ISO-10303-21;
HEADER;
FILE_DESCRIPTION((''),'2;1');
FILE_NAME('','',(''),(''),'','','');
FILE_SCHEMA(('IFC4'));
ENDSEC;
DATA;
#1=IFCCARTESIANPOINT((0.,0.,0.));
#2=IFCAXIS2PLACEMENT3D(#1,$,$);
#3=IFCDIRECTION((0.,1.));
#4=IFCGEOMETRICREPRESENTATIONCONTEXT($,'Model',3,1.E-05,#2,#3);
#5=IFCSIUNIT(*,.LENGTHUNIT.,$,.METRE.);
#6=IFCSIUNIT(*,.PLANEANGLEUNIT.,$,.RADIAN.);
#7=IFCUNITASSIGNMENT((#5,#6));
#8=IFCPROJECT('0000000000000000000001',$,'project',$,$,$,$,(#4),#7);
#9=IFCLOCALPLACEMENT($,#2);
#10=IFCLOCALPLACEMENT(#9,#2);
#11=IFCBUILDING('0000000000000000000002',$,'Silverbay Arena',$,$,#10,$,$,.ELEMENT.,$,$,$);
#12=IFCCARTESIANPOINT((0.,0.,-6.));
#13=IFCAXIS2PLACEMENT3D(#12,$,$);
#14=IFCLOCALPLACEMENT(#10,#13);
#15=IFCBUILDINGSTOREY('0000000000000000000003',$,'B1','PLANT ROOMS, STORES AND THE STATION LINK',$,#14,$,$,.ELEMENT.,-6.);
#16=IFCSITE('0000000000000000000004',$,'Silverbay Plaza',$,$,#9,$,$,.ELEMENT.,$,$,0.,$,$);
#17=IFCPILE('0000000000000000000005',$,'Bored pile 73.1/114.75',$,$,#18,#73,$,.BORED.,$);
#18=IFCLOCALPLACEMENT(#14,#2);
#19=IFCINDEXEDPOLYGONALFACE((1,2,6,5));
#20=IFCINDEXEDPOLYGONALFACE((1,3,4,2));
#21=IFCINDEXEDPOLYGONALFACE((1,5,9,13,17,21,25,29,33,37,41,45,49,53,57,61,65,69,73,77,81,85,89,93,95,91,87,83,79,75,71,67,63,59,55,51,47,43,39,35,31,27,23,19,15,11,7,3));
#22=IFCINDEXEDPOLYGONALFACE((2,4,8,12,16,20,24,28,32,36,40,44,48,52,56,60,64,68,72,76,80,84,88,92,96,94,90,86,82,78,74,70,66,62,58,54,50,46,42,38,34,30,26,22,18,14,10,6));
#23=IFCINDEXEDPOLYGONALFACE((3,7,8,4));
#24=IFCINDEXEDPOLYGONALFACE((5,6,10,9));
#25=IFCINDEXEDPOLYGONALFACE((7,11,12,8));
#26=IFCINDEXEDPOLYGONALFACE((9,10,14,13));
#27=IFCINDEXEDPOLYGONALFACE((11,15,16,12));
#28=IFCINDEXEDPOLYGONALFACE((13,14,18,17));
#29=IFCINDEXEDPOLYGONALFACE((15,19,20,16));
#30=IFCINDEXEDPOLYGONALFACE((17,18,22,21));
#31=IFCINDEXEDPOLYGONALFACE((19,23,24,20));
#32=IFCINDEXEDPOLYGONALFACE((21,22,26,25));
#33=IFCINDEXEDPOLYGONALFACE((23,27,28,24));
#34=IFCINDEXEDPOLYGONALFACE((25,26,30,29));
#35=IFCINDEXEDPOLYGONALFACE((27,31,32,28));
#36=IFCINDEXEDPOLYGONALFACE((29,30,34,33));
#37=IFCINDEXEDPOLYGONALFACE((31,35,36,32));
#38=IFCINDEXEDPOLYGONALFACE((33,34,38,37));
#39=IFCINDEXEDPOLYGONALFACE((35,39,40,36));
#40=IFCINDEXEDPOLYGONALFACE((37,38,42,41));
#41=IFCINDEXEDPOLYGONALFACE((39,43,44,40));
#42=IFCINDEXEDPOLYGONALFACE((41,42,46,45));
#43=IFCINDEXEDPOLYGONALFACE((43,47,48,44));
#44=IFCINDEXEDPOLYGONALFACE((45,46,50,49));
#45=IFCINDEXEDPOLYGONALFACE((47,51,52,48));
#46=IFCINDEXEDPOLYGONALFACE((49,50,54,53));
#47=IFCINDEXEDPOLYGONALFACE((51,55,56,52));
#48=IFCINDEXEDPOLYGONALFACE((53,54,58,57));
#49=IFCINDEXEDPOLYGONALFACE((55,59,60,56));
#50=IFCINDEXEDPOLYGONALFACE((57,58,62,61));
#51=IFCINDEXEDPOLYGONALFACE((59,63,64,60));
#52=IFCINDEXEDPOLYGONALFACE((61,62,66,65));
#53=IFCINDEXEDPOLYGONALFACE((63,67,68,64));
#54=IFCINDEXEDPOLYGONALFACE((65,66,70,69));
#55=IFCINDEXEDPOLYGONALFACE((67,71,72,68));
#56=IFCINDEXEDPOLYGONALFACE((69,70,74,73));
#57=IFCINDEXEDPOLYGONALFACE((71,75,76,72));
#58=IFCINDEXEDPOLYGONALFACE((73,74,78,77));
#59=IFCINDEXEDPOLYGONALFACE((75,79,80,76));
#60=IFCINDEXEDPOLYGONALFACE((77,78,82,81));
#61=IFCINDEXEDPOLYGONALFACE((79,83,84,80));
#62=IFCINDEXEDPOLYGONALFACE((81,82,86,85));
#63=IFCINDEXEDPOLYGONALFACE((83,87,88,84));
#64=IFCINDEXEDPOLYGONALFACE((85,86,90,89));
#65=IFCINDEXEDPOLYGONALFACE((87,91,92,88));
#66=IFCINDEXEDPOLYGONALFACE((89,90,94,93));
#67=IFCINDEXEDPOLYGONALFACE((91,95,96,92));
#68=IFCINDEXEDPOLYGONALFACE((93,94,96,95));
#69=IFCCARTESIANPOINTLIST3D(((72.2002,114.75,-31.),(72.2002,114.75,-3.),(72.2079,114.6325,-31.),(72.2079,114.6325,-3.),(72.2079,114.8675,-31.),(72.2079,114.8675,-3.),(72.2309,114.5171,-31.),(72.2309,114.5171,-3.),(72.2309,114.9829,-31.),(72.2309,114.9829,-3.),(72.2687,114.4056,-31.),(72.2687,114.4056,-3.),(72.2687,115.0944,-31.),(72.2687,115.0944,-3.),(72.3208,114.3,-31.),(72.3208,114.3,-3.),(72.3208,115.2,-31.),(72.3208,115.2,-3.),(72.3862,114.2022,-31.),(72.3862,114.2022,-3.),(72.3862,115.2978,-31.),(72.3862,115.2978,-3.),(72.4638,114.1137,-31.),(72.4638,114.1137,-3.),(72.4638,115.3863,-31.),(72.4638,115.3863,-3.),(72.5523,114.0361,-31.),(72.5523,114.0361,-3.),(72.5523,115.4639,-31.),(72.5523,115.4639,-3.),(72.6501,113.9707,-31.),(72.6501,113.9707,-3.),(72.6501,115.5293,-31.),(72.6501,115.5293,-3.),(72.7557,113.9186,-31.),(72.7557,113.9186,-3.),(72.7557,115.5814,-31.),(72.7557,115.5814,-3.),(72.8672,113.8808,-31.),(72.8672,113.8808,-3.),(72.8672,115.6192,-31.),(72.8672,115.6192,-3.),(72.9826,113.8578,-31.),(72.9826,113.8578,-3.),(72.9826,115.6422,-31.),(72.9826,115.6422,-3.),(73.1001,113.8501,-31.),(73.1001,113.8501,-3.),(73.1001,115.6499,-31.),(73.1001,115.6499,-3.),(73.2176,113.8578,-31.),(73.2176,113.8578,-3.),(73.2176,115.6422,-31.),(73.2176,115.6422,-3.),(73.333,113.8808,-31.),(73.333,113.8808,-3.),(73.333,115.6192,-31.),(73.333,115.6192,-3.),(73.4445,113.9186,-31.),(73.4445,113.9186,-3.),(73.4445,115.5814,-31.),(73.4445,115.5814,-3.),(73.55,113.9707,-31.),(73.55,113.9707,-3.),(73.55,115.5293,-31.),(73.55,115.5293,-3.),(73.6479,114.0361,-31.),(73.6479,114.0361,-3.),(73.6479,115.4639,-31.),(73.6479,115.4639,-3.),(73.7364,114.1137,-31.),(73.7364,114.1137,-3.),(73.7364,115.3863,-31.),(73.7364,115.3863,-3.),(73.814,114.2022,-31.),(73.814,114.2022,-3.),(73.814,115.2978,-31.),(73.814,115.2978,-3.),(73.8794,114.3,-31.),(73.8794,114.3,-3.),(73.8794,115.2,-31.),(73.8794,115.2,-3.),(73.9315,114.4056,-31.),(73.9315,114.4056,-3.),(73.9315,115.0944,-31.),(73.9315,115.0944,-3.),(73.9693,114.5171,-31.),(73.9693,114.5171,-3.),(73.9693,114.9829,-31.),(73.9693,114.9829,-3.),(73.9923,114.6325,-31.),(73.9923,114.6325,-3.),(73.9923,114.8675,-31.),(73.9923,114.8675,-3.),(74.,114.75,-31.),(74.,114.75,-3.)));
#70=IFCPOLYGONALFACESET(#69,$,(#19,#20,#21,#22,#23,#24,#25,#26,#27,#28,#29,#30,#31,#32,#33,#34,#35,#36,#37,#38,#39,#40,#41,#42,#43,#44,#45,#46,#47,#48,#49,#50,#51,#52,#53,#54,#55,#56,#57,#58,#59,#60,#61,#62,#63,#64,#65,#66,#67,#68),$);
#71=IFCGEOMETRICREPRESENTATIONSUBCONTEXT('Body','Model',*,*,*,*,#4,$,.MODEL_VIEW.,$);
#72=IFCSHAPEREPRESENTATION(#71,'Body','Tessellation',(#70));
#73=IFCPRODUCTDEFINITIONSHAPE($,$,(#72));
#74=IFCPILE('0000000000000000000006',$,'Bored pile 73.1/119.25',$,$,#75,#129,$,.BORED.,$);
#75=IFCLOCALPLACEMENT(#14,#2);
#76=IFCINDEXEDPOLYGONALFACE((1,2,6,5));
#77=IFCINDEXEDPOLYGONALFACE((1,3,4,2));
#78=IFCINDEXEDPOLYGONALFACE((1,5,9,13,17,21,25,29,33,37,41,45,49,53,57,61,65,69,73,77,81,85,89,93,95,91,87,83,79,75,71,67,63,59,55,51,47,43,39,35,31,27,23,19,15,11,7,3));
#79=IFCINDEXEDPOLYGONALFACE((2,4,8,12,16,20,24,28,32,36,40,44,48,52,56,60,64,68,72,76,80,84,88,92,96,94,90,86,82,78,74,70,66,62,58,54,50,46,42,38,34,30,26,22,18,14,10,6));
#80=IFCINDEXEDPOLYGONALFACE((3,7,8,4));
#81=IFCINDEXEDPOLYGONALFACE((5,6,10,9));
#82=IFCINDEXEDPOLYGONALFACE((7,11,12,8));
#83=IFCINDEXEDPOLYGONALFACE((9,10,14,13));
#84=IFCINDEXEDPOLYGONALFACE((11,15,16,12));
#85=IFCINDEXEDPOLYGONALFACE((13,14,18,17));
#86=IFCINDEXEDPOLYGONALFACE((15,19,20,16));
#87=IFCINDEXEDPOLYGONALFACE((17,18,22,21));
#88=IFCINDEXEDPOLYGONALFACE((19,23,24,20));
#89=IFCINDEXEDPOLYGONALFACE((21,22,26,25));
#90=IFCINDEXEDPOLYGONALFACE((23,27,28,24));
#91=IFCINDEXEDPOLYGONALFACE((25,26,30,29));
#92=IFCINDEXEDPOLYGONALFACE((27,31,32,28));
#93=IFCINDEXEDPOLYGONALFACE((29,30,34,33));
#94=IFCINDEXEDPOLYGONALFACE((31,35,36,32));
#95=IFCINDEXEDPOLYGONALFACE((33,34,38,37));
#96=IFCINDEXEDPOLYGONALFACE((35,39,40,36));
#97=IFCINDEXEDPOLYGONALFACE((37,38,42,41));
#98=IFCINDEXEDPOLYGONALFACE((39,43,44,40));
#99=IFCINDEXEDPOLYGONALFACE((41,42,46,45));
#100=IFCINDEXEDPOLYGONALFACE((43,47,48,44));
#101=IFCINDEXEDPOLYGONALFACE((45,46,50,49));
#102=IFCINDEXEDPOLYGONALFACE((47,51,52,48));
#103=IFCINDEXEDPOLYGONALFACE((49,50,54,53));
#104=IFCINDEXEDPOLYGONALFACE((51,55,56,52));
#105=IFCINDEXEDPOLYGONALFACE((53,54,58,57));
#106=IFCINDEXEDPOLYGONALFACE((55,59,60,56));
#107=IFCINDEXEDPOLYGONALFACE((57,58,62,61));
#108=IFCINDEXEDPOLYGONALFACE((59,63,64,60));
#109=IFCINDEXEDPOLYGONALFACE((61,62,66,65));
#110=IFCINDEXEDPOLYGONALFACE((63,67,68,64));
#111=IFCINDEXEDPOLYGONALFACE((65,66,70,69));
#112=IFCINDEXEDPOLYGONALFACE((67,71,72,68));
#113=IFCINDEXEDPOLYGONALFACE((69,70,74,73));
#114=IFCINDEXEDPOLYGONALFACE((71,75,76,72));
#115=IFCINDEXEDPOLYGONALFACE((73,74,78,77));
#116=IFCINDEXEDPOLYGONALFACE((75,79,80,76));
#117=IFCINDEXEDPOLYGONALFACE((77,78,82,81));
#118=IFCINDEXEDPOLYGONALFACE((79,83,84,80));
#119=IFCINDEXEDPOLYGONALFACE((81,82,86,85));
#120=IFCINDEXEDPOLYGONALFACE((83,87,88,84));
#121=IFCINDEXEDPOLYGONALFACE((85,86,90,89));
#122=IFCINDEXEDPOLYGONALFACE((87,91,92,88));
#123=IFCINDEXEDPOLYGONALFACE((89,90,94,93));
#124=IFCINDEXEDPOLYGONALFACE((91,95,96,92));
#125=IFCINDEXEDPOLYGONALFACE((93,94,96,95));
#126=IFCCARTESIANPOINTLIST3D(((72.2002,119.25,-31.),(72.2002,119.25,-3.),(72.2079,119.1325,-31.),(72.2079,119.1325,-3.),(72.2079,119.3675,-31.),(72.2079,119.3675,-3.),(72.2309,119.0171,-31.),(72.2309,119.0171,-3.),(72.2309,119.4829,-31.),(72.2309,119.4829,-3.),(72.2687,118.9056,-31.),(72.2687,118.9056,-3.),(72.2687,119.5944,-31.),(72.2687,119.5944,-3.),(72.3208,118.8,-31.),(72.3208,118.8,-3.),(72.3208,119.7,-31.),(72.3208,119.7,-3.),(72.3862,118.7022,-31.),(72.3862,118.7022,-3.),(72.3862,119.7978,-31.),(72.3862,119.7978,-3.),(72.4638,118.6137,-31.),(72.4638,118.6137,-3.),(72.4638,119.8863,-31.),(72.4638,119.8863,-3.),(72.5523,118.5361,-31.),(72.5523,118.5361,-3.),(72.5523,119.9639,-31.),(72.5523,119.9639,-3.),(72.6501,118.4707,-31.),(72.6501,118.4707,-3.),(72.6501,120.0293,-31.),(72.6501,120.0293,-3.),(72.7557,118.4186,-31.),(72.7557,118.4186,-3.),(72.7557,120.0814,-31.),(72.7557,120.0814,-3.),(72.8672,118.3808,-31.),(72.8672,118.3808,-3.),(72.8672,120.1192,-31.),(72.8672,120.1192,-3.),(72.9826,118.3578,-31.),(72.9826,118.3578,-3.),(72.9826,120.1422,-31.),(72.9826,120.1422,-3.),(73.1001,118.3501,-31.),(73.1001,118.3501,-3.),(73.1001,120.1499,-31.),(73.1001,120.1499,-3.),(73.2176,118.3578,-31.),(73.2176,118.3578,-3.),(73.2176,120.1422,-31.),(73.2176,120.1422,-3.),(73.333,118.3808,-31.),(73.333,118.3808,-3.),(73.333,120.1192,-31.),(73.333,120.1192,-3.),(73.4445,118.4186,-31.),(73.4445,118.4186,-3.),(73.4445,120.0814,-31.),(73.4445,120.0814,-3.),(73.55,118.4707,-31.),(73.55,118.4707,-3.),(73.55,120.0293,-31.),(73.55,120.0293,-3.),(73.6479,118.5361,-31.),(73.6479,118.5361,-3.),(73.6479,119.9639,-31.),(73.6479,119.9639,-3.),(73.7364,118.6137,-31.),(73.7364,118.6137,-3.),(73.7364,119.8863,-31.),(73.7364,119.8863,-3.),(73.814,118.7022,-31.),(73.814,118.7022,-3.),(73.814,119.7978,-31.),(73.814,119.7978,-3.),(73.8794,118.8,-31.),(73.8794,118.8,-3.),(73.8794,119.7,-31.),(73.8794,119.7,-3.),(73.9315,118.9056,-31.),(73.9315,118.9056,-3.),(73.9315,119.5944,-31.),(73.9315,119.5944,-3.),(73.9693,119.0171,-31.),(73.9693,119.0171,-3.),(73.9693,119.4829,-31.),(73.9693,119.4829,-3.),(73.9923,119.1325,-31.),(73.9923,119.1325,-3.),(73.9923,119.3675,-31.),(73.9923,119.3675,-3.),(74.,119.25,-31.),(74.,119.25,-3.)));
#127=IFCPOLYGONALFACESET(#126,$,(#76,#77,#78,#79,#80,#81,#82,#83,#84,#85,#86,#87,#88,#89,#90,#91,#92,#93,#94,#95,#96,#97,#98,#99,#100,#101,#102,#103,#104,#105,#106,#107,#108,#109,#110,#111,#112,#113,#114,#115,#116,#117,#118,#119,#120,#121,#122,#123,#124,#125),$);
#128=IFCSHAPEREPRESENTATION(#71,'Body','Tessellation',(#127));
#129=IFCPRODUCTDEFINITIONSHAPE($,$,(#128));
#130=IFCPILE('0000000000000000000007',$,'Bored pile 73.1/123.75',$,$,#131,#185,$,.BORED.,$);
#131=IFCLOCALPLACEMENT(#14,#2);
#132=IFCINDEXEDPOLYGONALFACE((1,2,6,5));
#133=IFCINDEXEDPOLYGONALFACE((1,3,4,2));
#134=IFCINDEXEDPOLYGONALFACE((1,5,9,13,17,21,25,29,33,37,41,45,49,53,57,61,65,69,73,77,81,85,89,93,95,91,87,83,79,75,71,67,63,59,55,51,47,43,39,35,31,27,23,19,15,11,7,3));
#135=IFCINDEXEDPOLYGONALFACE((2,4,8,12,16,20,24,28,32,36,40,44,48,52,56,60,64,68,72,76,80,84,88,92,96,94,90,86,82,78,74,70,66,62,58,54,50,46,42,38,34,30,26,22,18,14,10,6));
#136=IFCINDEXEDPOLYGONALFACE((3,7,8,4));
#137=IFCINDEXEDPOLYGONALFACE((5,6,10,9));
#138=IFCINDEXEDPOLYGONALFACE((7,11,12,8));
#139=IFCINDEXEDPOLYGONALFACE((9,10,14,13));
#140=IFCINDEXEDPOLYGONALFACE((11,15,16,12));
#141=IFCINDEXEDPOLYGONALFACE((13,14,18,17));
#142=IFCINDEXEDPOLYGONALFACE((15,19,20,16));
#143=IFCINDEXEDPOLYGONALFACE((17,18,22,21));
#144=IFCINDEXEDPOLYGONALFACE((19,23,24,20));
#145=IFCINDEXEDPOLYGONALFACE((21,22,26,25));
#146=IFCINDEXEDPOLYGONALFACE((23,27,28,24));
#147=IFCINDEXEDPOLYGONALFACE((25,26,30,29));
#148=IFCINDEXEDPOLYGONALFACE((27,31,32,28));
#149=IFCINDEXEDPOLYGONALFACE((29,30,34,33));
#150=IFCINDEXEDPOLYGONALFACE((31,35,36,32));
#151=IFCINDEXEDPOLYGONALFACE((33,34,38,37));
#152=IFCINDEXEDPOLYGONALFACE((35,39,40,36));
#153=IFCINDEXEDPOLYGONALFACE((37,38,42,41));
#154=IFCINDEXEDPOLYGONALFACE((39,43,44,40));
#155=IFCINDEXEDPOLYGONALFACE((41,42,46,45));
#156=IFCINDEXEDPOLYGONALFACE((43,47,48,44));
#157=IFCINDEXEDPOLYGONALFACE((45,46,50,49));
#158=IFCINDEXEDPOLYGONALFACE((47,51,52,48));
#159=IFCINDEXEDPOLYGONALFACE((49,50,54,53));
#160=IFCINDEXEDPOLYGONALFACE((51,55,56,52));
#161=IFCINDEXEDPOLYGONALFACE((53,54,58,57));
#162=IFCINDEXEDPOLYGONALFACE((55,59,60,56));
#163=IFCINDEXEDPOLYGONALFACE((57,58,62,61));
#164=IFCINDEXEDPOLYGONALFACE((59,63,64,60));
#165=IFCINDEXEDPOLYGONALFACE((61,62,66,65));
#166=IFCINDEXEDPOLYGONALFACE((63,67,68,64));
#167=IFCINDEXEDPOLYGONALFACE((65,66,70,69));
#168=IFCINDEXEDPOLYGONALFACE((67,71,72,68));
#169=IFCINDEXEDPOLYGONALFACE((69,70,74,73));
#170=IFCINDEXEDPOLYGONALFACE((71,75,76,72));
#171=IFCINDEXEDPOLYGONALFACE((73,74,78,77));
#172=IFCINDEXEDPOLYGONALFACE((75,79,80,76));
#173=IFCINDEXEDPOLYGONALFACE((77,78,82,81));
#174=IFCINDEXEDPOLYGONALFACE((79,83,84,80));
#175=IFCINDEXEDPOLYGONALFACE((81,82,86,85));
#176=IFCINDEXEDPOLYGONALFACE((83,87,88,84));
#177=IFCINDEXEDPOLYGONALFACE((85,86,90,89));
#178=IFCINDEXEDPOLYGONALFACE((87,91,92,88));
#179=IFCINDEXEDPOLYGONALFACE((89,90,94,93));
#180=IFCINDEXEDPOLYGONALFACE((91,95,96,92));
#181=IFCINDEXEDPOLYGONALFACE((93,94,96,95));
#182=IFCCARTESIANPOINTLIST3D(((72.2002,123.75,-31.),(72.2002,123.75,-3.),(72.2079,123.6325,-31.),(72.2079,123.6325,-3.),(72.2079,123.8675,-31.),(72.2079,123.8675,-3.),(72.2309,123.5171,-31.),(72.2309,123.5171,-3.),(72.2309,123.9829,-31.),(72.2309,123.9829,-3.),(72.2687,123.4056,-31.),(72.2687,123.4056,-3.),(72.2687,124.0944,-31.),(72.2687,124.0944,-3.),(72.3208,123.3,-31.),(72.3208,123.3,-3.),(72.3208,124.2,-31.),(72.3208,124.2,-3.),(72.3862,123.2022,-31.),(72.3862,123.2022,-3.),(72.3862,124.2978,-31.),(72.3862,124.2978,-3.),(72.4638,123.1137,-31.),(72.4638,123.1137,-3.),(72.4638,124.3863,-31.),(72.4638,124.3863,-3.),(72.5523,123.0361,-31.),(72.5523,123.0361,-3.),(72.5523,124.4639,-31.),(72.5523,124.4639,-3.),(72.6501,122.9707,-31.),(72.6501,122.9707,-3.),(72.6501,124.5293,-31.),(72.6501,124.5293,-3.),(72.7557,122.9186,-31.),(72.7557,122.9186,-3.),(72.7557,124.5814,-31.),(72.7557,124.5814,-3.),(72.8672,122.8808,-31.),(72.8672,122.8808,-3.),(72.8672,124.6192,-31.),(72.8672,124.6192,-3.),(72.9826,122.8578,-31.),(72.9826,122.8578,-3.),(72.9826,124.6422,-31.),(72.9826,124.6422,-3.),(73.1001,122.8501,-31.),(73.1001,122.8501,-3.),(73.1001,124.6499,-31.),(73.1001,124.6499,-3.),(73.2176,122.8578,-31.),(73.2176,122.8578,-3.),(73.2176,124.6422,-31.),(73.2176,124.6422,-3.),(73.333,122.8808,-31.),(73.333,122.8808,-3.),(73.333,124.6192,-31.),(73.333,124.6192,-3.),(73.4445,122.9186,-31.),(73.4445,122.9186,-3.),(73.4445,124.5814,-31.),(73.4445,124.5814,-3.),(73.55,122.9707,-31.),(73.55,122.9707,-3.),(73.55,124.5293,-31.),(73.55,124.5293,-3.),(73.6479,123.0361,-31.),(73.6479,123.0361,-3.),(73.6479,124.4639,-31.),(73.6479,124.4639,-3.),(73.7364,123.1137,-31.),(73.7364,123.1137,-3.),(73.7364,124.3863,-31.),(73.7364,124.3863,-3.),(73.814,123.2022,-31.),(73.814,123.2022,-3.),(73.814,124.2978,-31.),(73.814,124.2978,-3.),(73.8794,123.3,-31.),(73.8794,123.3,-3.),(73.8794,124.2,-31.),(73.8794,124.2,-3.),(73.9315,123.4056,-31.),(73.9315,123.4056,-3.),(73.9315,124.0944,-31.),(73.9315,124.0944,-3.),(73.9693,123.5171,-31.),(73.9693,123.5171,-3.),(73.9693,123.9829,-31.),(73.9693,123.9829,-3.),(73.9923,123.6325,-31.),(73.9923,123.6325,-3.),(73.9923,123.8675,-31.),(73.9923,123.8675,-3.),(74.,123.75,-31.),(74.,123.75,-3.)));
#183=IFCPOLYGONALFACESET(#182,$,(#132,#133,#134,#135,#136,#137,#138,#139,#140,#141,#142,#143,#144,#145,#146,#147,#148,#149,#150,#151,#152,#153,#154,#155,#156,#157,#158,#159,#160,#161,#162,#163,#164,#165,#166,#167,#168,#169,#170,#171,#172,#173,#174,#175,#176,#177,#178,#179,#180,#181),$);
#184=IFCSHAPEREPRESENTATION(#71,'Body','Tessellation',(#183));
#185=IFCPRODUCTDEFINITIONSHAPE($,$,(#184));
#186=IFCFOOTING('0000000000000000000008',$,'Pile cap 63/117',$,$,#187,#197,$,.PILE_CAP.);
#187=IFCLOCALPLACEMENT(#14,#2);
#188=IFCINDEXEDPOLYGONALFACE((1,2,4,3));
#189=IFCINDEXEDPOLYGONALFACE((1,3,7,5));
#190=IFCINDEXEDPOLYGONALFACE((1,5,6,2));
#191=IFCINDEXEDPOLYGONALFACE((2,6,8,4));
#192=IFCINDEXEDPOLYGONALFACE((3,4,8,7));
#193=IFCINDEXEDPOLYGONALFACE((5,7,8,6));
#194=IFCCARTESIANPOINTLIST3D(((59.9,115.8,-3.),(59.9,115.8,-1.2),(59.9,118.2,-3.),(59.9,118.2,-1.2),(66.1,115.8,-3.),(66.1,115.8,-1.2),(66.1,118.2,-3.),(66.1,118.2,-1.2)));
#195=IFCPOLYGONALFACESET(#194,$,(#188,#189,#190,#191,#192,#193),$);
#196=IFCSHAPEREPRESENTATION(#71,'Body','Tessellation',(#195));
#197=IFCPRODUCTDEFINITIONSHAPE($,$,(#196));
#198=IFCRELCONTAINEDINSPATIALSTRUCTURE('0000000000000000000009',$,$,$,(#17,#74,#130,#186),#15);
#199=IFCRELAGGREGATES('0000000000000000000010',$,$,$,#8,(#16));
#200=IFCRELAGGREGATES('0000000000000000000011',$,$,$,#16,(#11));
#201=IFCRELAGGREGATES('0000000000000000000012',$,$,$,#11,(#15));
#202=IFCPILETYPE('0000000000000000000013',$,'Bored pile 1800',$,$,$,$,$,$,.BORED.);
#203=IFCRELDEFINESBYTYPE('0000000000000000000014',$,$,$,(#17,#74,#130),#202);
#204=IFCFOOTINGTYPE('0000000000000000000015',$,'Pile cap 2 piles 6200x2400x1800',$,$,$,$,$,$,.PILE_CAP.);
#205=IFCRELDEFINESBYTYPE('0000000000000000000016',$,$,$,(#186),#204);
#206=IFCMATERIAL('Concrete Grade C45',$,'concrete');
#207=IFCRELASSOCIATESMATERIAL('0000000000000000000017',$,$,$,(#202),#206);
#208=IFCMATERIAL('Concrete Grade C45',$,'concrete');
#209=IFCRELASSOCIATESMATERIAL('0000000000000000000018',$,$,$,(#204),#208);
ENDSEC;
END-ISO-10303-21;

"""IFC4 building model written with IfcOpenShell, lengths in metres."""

from ifc_helpers import new_model, si_unit, direction, frame, origin, origin_2d, place, context, subcontext, project, spatial, rectangle, circle, extrude, material, material_profile, profile_set, type_object, element, save


model = new_model("IFC4")

# Units and contexts
model_context = context("Model", 3, precision=1e-05, world=origin(), true_north=direction((0.0, 1.0)))
body_context = subcontext(model_context, "Body", "Model", "MODEL_VIEW")
ifc_project = project(units=[si_unit("LENGTHUNIT", "METRE"), si_unit("PLANEANGLEUNIT", "RADIAN")], contexts=[model_context])

# Site, building, storey
site_placement = place(None, origin())
site = spatial("IfcSite", under=ifc_project, at=site_placement, Name="Silverbay Plaza", CompositionType="ELEMENT", RefElevation=0.0)
building_placement = place(site_placement, origin())
building = spatial("IfcBuilding", under=site, at=building_placement, Name="Silverbay Arena", CompositionType="ELEMENT")
storey_placement = place(building_placement, frame((0.0, 0.0, -6.0)))
storey = spatial("IfcBuildingStorey", under=building, at=storey_placement, Name="B1", Description="PLANT ROOMS, STORES AND THE STATION LINK", CompositionType="ELEMENT", Elevation=-6.0)

# Piles
ifc_material_1 = material(Name="Concrete Grade C45", Category="concrete")
ifc_material_profile_1 = material_profile(ifc_material_1, circle(Radius=0.8999, at=origin_2d()), Name="Bored pile 1800")
ifc_profile_set_1 = profile_set([ifc_material_profile_1], Name="Concrete Grade C45")
pile_type_1 = type_object("IfcPileType", Name="Bored pile 1800", PredefinedType="BORED", material=ifc_profile_set_1)
for number, where, z_axis, x_axis, name in (
    (1, (73.1001, 114.75, -3.0), (0.0, 0.0, -1.0), (1.0, 0.0, 0.0), "Bored pile 73.1/114.75"),
    (2, (73.1001, 119.25, -3.0), (0.0, 0.0, -1.0), (1.0, 0.0, 0.0), "Bored pile 73.1/119.25"),
    (3, (73.1001, 123.75, -3.0), (0.0, 0.0, -1.0), (1.0, 0.0, 0.0), "Bored pile 73.1/123.75"),
):
    element("IfcPile", number, at=place(storey_placement, frame(where, z_axis=z_axis, x_axis=x_axis)), inside=storey, type_object=pile_type_1, Name=name, PredefinedType="BORED", context=body_context, shape_type="SweptSolid", body=[
        extrude(circle(Radius=0.8999, at=origin_2d()), origin(), (0.0, 0.0, 1.0), 28.0),
    ])

# Footing
ifc_material_2 = material(Name="Concrete Grade C45", Category="concrete")
footing_type = type_object("IfcFootingType", Name="Pile cap 2 piles 6200x2400x1800", PredefinedType="PILE_CAP", material=ifc_material_2)
footing_placement = place(storey_placement, frame((63.0, 117.0, -3.0), z_axis=(0.0, 0.0, 1.0), x_axis=(1.0, 0.0, 0.0)))
element("IfcFooting", 4, at=footing_placement, inside=storey, type_object=footing_type, Name="Pile cap 63/117", PredefinedType="PILE_CAP", context=body_context, shape_type="SweptSolid", body=[
    extrude(rectangle(XDim=6.2, YDim=2.3999, at=origin_2d()), origin(), (0.0, 0.0, 1.0), 1.8),
])

save(model, "model.ifc")
